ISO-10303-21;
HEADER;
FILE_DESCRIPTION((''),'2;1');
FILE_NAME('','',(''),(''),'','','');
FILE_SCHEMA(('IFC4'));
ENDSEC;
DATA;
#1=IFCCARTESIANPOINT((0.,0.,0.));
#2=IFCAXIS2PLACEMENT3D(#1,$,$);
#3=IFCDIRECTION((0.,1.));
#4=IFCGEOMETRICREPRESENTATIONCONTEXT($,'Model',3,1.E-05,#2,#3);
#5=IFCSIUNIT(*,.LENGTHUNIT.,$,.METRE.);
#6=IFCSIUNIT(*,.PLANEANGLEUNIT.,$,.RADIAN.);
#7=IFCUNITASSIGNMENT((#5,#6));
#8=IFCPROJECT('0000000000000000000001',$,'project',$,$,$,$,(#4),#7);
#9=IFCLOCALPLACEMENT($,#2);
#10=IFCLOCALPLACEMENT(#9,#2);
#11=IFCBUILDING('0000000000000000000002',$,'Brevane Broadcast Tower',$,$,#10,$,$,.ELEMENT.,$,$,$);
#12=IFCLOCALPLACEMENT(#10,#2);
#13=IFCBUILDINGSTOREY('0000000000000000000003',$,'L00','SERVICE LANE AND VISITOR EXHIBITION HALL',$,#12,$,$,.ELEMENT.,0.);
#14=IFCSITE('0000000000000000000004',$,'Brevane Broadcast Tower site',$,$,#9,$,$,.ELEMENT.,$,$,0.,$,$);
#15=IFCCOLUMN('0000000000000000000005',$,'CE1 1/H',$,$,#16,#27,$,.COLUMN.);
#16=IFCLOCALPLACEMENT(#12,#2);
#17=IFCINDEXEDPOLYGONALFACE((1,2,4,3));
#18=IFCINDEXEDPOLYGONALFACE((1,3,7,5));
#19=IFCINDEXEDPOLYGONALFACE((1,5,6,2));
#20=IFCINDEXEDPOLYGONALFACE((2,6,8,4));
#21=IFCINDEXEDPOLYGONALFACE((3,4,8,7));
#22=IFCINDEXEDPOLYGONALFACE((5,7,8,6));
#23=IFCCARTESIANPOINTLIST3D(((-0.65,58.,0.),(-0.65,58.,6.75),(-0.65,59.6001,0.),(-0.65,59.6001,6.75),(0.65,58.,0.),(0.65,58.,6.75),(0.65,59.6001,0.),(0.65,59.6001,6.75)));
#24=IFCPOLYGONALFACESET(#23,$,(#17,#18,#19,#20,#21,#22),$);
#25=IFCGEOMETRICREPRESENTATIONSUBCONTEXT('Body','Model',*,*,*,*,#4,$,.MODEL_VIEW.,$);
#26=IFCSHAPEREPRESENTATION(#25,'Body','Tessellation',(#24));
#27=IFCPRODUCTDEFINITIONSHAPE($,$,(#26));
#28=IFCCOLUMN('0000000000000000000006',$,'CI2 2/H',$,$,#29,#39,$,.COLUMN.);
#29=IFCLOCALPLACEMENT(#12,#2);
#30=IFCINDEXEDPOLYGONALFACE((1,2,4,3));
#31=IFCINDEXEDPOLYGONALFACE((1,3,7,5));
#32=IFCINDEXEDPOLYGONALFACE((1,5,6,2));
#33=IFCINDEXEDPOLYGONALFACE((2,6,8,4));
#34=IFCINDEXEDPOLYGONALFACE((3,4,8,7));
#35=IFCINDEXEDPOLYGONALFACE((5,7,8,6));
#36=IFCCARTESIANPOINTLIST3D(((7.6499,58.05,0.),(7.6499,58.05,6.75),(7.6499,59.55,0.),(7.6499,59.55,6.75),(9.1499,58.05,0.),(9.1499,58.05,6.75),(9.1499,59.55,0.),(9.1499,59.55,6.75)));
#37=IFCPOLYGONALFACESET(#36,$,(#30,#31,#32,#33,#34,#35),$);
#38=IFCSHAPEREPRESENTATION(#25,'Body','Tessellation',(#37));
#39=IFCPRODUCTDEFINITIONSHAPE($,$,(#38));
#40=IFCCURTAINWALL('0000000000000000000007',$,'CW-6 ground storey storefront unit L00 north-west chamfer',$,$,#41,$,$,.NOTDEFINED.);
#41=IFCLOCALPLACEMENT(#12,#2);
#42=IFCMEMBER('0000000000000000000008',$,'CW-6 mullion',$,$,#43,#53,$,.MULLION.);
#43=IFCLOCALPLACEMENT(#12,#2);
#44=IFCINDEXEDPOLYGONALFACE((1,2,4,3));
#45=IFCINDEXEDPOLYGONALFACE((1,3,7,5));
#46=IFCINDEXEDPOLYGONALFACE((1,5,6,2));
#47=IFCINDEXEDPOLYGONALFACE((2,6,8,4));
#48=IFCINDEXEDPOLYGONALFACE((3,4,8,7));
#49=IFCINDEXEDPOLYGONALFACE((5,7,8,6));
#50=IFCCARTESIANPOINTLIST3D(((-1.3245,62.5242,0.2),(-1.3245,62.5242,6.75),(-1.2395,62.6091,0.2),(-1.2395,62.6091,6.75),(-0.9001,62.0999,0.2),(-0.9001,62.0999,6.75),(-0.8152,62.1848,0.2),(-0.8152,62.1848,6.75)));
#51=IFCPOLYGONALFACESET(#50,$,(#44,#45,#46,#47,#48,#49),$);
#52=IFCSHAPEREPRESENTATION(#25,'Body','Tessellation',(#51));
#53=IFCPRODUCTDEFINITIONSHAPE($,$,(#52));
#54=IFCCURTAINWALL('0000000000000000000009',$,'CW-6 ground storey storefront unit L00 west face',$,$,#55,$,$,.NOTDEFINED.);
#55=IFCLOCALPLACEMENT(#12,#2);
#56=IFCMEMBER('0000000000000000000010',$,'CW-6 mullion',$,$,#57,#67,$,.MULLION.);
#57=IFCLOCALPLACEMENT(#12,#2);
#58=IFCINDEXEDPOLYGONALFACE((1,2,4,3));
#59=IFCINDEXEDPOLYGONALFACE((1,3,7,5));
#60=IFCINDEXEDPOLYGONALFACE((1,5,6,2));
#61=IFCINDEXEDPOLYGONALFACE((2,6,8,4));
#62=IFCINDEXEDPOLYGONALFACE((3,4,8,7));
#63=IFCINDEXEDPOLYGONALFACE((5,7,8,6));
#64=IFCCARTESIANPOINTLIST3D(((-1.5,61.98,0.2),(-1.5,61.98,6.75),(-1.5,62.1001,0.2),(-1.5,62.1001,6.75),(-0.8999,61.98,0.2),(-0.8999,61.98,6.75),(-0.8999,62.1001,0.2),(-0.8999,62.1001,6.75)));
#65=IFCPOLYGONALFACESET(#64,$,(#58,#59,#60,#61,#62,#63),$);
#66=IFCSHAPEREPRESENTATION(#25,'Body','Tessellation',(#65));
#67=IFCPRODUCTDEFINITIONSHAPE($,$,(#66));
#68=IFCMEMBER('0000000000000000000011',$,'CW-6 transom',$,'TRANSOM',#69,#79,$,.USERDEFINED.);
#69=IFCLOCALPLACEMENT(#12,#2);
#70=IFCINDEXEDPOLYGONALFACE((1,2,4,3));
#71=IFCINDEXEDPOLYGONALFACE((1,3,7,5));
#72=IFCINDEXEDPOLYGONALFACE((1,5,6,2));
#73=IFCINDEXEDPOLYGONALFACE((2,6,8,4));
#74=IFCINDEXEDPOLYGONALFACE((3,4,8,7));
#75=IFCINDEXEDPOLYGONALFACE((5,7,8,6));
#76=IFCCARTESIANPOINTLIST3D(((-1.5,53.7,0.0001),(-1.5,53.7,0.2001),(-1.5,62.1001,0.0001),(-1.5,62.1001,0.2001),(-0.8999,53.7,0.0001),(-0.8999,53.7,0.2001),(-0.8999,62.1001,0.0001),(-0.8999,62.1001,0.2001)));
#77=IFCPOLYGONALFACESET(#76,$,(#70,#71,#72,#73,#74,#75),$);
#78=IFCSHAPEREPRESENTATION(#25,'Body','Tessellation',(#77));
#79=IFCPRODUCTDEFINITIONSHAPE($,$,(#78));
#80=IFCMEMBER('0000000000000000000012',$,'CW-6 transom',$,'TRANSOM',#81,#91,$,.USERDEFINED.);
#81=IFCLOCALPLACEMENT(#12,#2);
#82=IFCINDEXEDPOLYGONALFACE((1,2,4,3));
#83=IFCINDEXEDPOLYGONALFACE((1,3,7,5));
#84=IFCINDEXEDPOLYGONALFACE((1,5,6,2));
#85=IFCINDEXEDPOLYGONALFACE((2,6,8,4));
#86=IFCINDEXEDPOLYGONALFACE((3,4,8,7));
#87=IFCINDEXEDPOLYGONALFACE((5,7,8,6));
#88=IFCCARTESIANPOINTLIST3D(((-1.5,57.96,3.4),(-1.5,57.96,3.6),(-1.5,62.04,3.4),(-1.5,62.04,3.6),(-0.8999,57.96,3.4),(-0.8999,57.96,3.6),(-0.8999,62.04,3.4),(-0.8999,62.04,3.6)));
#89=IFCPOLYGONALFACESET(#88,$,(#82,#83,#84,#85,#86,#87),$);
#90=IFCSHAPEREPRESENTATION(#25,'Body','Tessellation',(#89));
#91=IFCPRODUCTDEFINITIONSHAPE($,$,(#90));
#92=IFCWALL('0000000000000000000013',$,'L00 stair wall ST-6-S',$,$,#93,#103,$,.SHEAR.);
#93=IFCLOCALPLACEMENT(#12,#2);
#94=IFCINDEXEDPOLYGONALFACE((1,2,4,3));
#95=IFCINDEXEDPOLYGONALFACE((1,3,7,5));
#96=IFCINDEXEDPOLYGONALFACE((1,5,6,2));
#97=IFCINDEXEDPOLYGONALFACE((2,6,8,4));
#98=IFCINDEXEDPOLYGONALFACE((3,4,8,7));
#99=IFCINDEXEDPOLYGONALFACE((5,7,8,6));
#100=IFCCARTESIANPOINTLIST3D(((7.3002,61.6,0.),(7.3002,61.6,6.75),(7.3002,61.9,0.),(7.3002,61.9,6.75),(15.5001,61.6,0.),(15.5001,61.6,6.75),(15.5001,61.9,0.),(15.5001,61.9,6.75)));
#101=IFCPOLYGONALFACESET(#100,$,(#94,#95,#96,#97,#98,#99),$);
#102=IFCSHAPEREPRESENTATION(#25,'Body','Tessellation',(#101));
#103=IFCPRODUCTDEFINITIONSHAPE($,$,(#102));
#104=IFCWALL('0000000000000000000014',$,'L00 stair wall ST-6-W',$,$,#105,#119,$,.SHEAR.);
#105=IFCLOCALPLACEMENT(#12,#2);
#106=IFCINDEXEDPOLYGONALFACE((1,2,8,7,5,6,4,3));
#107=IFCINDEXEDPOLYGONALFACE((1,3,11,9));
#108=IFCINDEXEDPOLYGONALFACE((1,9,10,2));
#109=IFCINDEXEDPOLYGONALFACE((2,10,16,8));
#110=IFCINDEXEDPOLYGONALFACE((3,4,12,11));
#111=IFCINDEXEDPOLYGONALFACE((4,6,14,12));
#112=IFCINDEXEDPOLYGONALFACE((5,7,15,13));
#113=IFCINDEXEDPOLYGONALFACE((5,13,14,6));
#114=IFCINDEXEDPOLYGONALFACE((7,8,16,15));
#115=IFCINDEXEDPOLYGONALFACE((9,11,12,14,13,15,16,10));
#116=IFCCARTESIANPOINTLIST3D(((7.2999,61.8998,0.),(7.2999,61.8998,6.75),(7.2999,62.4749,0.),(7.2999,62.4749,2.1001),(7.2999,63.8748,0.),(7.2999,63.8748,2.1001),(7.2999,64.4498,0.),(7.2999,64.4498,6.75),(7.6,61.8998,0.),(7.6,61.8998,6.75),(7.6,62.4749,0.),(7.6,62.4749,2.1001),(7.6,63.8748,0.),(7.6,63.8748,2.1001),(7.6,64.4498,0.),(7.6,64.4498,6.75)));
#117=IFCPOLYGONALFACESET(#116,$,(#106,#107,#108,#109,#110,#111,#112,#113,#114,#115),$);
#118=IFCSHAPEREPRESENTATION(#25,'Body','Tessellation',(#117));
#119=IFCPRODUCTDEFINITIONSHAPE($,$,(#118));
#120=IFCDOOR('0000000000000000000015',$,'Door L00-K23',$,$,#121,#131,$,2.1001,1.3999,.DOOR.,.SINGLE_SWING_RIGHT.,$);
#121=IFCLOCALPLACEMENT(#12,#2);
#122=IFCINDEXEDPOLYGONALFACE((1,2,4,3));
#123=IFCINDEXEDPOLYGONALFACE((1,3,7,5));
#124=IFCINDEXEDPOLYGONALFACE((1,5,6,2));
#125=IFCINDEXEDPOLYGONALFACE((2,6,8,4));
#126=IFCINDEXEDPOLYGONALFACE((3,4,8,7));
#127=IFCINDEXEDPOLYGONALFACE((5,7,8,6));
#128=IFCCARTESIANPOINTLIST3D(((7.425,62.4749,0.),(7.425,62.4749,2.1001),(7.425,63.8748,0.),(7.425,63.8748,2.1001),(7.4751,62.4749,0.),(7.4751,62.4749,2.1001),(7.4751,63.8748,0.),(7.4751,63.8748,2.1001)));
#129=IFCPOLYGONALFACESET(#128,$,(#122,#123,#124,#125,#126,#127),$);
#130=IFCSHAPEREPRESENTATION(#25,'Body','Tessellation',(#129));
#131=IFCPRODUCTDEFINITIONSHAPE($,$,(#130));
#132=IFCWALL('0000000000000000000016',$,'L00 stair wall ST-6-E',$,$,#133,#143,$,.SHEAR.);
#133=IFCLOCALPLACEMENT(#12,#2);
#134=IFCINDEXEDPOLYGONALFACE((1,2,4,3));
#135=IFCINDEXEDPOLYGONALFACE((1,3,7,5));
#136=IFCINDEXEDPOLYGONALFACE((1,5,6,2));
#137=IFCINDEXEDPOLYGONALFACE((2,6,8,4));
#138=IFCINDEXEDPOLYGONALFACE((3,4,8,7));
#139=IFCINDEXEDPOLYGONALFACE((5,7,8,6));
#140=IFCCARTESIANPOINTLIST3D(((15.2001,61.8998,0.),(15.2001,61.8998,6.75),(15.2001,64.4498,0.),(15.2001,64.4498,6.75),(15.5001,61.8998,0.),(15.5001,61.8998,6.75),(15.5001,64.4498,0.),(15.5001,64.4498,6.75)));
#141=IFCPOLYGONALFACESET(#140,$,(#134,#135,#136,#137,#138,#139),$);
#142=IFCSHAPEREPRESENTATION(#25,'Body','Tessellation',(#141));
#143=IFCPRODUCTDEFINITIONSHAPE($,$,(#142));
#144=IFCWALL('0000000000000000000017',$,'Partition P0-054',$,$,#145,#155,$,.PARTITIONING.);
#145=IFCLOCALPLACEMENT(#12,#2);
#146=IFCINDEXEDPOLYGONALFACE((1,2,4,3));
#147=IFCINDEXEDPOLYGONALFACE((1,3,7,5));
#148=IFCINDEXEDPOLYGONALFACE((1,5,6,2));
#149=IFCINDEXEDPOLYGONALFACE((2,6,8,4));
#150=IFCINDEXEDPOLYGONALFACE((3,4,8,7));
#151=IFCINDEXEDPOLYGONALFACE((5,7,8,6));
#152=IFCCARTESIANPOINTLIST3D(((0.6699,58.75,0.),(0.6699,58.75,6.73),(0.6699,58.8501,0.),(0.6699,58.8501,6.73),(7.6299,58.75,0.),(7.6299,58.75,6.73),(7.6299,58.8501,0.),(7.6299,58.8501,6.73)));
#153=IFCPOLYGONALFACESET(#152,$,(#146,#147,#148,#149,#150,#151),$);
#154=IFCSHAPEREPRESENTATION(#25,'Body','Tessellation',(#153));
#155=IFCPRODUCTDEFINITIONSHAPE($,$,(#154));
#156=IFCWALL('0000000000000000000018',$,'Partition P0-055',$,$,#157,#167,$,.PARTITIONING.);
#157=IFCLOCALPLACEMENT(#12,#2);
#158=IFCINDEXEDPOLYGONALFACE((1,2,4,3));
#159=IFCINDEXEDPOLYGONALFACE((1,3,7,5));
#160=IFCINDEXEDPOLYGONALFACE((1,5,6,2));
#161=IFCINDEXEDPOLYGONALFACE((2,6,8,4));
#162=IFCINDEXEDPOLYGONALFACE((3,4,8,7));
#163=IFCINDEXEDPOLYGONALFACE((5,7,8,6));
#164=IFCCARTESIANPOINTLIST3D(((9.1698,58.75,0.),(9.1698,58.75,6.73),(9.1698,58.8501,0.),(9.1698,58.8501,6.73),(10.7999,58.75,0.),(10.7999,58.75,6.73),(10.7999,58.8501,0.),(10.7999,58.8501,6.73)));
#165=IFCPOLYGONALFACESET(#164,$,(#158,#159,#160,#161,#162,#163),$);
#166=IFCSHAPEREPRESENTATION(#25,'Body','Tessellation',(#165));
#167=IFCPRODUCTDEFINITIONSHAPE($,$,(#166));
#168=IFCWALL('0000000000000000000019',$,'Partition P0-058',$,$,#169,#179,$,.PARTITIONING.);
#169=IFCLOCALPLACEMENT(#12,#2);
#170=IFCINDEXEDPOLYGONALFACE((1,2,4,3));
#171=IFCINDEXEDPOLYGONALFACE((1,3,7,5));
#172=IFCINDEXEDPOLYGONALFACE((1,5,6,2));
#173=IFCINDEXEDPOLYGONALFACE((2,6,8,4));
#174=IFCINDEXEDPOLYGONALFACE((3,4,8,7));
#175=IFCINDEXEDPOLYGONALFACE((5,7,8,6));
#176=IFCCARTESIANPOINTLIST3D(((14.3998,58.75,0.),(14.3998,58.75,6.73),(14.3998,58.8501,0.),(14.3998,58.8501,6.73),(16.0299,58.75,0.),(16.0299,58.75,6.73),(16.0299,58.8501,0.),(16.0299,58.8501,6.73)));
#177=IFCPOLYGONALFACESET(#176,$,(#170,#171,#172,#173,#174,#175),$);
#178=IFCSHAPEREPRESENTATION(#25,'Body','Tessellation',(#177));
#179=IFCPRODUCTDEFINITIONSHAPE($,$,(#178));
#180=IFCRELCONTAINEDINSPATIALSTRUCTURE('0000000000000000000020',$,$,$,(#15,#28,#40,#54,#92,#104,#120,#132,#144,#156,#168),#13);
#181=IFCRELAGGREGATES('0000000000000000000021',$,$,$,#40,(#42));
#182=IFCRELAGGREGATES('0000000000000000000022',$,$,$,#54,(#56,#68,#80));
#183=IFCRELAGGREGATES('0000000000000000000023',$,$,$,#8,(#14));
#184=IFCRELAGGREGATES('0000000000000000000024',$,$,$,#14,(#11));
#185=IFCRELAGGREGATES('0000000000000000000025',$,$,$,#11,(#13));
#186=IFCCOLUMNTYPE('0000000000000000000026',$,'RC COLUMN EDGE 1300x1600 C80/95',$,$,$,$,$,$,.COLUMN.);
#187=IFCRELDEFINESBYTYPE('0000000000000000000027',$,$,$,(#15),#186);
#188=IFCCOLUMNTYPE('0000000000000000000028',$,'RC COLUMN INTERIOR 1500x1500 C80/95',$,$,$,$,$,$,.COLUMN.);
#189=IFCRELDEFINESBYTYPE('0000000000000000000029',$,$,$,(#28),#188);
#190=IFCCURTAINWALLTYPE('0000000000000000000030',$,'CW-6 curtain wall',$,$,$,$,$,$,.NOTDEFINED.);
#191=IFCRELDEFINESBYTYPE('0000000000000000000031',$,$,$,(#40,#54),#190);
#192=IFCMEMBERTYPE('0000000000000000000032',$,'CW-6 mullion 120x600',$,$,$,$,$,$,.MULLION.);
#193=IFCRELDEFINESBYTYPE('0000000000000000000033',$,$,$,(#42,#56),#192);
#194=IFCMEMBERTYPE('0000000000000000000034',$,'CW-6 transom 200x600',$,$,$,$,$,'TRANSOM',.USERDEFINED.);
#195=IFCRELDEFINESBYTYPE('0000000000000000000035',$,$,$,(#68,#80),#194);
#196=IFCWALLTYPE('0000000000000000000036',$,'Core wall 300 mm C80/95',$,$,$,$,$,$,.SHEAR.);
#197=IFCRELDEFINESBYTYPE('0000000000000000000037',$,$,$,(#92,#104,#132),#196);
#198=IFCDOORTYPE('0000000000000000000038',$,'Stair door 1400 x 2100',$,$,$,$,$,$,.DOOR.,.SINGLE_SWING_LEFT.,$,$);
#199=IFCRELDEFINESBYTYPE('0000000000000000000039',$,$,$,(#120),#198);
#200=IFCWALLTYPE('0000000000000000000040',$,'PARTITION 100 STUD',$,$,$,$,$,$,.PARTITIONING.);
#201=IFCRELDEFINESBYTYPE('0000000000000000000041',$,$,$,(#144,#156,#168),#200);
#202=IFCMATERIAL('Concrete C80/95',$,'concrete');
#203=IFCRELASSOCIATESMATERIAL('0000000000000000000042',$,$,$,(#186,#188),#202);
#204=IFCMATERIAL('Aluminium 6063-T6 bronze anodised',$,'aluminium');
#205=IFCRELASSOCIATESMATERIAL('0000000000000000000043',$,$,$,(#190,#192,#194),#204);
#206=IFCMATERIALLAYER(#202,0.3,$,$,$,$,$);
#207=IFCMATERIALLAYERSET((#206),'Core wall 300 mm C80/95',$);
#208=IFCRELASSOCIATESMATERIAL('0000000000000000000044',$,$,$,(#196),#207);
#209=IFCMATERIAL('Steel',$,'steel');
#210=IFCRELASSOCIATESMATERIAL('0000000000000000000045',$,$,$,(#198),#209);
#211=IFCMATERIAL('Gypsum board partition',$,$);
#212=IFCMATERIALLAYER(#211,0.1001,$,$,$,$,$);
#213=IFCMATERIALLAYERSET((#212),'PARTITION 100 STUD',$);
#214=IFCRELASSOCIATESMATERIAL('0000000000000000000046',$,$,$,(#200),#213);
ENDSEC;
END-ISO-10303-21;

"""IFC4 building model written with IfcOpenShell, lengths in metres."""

from ifc_helpers import new_model, si_unit, direction, frame, frame_2d, origin, origin_2d, place, context, subcontext, project, spatial, rectangle, extrude, material, layer, layer_set, material_profile, profile_set, type_object, element, fill, aggregate, save


model = new_model("IFC4")

# Units and contexts
model_context = context("Model", 3, precision=1e-05, world=origin(), true_north=direction((0.0, 1.0)))
body_context = subcontext(model_context, "Body", "Model", "MODEL_VIEW")
ifc_project = project(units=[si_unit("LENGTHUNIT", "METRE"), si_unit("PLANEANGLEUNIT", "RADIAN")], contexts=[model_context])

# Site, building, storey
site_placement = place(None, origin())
site = spatial("IfcSite", under=ifc_project, at=site_placement, Name="Brevane Broadcast Tower site", CompositionType="ELEMENT", RefElevation=0.0)
building_placement = place(site_placement, origin())
building = spatial("IfcBuilding", under=site, at=building_placement, Name="Brevane Broadcast Tower", CompositionType="ELEMENT")
storey_placement = place(building_placement, origin())
storey = spatial("IfcBuildingStorey", under=building, at=storey_placement, Name="L00", Description="SERVICE LANE AND VISITOR EXHIBITION HALL", CompositionType="ELEMENT", Elevation=0.0)

# Columns
ifc_material_1 = material(Name="Concrete C80/95", Category="concrete")
ifc_material_profile_1 = material_profile(ifc_material_1, rectangle(XDim=1.3, YDim=1.6001, at=origin_2d()), Name="RC 1300x1600")
ifc_profile_set_1 = profile_set([ifc_material_profile_1], Name="Concrete C80/95")
column_type_1 = type_object("IfcColumnType", Name="RC COLUMN EDGE 1300x1600 C80/95", PredefinedType="COLUMN", material=ifc_profile_set_1)
column_1_placement = place(storey_placement, frame((0.0, 58.8, 0.0), z_axis=(0.0, 0.0, 1.0), x_axis=(1.0, 0.0, 0.0)))
element("IfcColumn", 1, at=column_1_placement, inside=storey, type_object=column_type_1, Name="CE1 1/H", PredefinedType="COLUMN", context=body_context, shape_type="SweptSolid", body=[
    extrude(rectangle(XDim=1.3, YDim=1.6001, at=origin_2d()), origin(), (0.0, 0.0, 1.0), 6.75),
])
ifc_material_profile_2 = material_profile(ifc_material_1, rectangle(XDim=1.5, YDim=1.5, at=origin_2d()), Name="RC 1500x1500")
ifc_profile_set_2 = profile_set([ifc_material_profile_2], Name="Concrete C80/95")
column_type_2 = type_object("IfcColumnType", Name="RC COLUMN INTERIOR 1500x1500 C80/95", PredefinedType="COLUMN", material=ifc_profile_set_2)
column_2_placement = place(storey_placement, frame((8.3999, 58.8, 0.0), z_axis=(0.0, 0.0, 1.0), x_axis=(1.0, 0.0, 0.0)))
element("IfcColumn", 2, at=column_2_placement, inside=storey, type_object=column_type_2, Name="CI2 2/H", PredefinedType="COLUMN", context=body_context, shape_type="SweptSolid", body=[
    extrude(rectangle(XDim=1.5, YDim=1.5, at=origin_2d()), origin(), (0.0, 0.0, 1.0), 6.75),
])

# Curtain wall, member
ifc_material_2 = material(Name="Aluminium 6063-T6 bronze anodised", Category="aluminium")
curtain_wall_type = type_object("IfcCurtainWallType", Name="CW-6 curtain wall", PredefinedType="NOTDEFINED", material=ifc_material_2)
curtain_wall_1_placement = place(storey_placement, origin())
curtain_wall_1 = element("IfcCurtainWall", 3, at=curtain_wall_1_placement, inside=storey, type_object=curtain_wall_type, Name="CW-6 ground storey storefront unit L00 north-west chamfer", PredefinedType="NOTDEFINED")
ifc_material_profile_3 = material_profile(ifc_material_2, rectangle(XDim=0.6001, YDim=0.1201, at=origin_2d()), Name="RECT 120x600")
ifc_profile_set_3 = profile_set([ifc_material_profile_3], Name="Aluminium 6063-T6 bronze anodised")
member_type_1 = type_object("IfcMemberType", Name="CW-6 mullion 120x600", PredefinedType="MULLION", material=ifc_profile_set_3)
member_1_placement = place(storey_placement, frame((-1.0698, 62.3545, 0.2), z_axis=(0.0, 0.0, 1.0), x_axis=(0.707107, -0.707107, 0.0)))
member_1 = element("IfcMember", 4, at=member_1_placement, type_object=member_type_1, Name="CW-6 mullion", PredefinedType="MULLION", context=body_context, shape_type="SweptSolid", body=[
    extrude(rectangle(XDim=0.6001, YDim=0.1201, at=origin_2d()), origin(), (0.0, 0.0, 1.0), 6.55),
])
aggregate(curtain_wall_1, [member_1])

# Curtain wall, members
curtain_wall_2_placement = place(storey_placement, origin())
curtain_wall_2 = element("IfcCurtainWall", 5, at=curtain_wall_2_placement, inside=storey, type_object=curtain_wall_type, Name="CW-6 ground storey storefront unit L00 west face", PredefinedType="NOTDEFINED")
member_2_placement = place(storey_placement, frame((-1.2, 62.04, 0.2), z_axis=(0.0, 0.0, 1.0), x_axis=(1.0, 0.0, 0.0)))
member_2 = element("IfcMember", 6, at=member_2_placement, type_object=member_type_1, Name="CW-6 mullion", PredefinedType="MULLION", context=body_context, shape_type="SweptSolid", body=[
    extrude(rectangle(XDim=0.6001, YDim=0.1201, at=origin_2d()), origin(), (0.0, 0.0, 1.0), 6.55),
])
ifc_material_profile_4 = material_profile(ifc_material_2, rectangle(XDim=0.6001, YDim=0.2, at=origin_2d()), Name="RECT 200x600")
ifc_profile_set_4 = profile_set([ifc_material_profile_4], Name="Aluminium 6063-T6 bronze anodised")
member_type_2 = type_object("IfcMemberType", Name="CW-6 transom 200x600", ElementType="TRANSOM", PredefinedType="USERDEFINED", material=ifc_profile_set_4)
member_3_placement = place(storey_placement, frame((-1.2, 62.1001, 0.1001), z_axis=(0.0, -1.0, 0.0), x_axis=(1.0, 0.0, 0.0)))
member_3 = element("IfcMember", 7, at=member_3_placement, type_object=member_type_2, Name="CW-6 transom", ObjectType="TRANSOM", PredefinedType="USERDEFINED", context=body_context, shape_type="SweptSolid", body=[
    extrude(rectangle(XDim=0.6001, YDim=0.2, at=origin_2d()), origin(), (0.0, 0.0, 1.0), 8.4001),
])
member_4_placement = place(storey_placement, frame((-1.2, 62.04, 3.5), z_axis=(0.0, -1.0, 0.0), x_axis=(1.0, 0.0, 0.0)))
member_4 = element("IfcMember", 8, at=member_4_placement, type_object=member_type_2, Name="CW-6 transom", ObjectType="TRANSOM", PredefinedType="USERDEFINED", context=body_context, shape_type="SweptSolid", body=[
    extrude(rectangle(XDim=0.6001, YDim=0.2, at=origin_2d()), origin(), (0.0, 0.0, 1.0), 4.0801),
])
aggregate(curtain_wall_2, [member_2, member_3, member_4])

# Wall
ifc_layer_1 = layer(ifc_material_1, 0.3)
ifc_layer_set_1 = layer_set([ifc_layer_1], Name="Core wall 300 mm C80/95")
wall_type_1 = type_object("IfcWallType", Name="Core wall 300 mm C80/95", PredefinedType="SHEAR", material=ifc_layer_set_1)
wall_1_placement = place(storey_placement, frame((7.3, 61.75, 0.0), z_axis=(0.0, 0.0, 1.0), x_axis=(1.0, 0.0, 0.0)))
element("IfcWall", 9, at=wall_1_placement, inside=storey, type_object=wall_type_1, Name="L00 stair wall ST-6-S", PredefinedType="SHEAR", context=body_context, shape_type="SweptSolid", body=[
    extrude(rectangle(XDim=8.2, YDim=0.3, at=frame_2d((4.1001, 0.0))), origin(), (0.0, 0.0, 1.0), 6.75),
])

# Wall, opening, door
wall_2_placement = place(storey_placement, frame((7.45, 61.8999, 0.0), z_axis=(0.0, 0.0, 1.0), x_axis=(0.0, 1.0, 0.0)))
wall_2 = element("IfcWall", 10, at=wall_2_placement, inside=storey, type_object=wall_type_1, Name="L00 stair wall ST-6-W", PredefinedType="SHEAR", context=body_context, shape_type="SweptSolid", body=[
    extrude(rectangle(XDim=2.55, YDim=0.3, at=frame_2d((1.2749, 0.0))), origin(), (0.0, 0.0, 1.0), 6.75),
])
opening_1_placement = place(wall_2_placement, frame((0.575, 0.0, 0.0)))
opening_1 = element("IfcOpeningElement", 11, at=opening_1_placement, cuts=wall_2, PredefinedType="OPENING", context=body_context, shape_type="SweptSolid", body=[
    extrude(rectangle(XDim=1.3999, YDim=2.1001, at=frame_2d((0.7, 1.05))), frame((0.0, 0.1599, 0.0), z_axis=(0.0, -1.0, 0.0), x_axis=(1.0, 0.0, 0.0)), (0.0, 0.0, 1.0), 0.3201),
])
ifc_material_3 = material(Name="Steel", Category="steel")
door_type_1 = type_object("IfcDoorType", Name="Stair door 1400 x 2100", OperationType="SINGLE_SWING_LEFT", PredefinedType="DOOR", material=ifc_material_3)
door_1_placement = place(opening_1_placement, origin())
door_1 = element("IfcDoor", 12, at=door_1_placement, inside=storey, type_object=door_type_1, Name="Door L00-K23", OperationType="SINGLE_SWING_RIGHT", OverallHeight=2.1001, OverallWidth=1.3999, PredefinedType="DOOR", context=body_context, shape_type="SweptSolid", body=[
    extrude(rectangle(XDim=1.3999, YDim=2.1001, at=frame_2d((0.7, 1.05))), frame((0.0, 0.0249, 0.0), z_axis=(0.0, -1.0, 0.0), x_axis=(1.0, 0.0, 0.0)), (0.0, 0.0, 1.0), 0.05),
])
fill(opening_1, door_1)

# Walls
wall_3_placement = place(storey_placement, frame((15.3501, 61.8999, 0.0), z_axis=(0.0, 0.0, 1.0), x_axis=(0.0, 1.0, 0.0)))
element("IfcWall", 13, at=wall_3_placement, inside=storey, type_object=wall_type_1, Name="L00 stair wall ST-6-E", PredefinedType="SHEAR", context=body_context, shape_type="SweptSolid", body=[
    extrude(rectangle(XDim=2.55, YDim=0.3, at=frame_2d((1.2749, 0.0))), origin(), (0.0, 0.0, 1.0), 6.75),
])
ifc_material_4 = material(Name="Gypsum board partition")
ifc_layer_2 = layer(ifc_material_4, 0.1001)
ifc_layer_set_2 = layer_set([ifc_layer_2], Name="PARTITION 100 STUD")
wall_type_2 = type_object("IfcWallType", Name="PARTITION 100 STUD", PredefinedType="PARTITIONING", material=ifc_layer_set_2)
wall_4_placement = place(storey_placement, frame((0.6699, 58.8, 0.0), z_axis=(0.0, 0.0, 1.0), x_axis=(1.0, 0.0, 0.0)))
element("IfcWall", 14, at=wall_4_placement, inside=storey, type_object=wall_type_2, Name="Partition P0-054", PredefinedType="PARTITIONING", context=body_context, shape_type="SweptSolid", body=[
    extrude(rectangle(XDim=6.96, YDim=0.1001, at=frame_2d((3.48, 0.0))), origin(), (0.0, 0.0, 1.0), 6.73),
])
for number, where, z_axis, x_axis, name in (
    (15, (9.1699, 58.8, 0.0), (0.0, 0.0, 1.0), (1.0, 0.0, 0.0), "Partition P0-055"),
    (16, (14.3999, 58.8, 0.0), (0.0, 0.0, 1.0), (1.0, 0.0, 0.0), "Partition P0-058"),
):
    element("IfcWall", number, at=place(storey_placement, frame(where, z_axis=z_axis, x_axis=x_axis)), inside=storey, type_object=wall_type_2, Name=name, PredefinedType="PARTITIONING", context=body_context, shape_type="SweptSolid", body=[
        extrude(rectangle(XDim=1.6301, YDim=0.1001, at=frame_2d((0.8149, 0.0))), origin(), (0.0, 0.0, 1.0), 6.73),
    ])

save(model, "model.ifc")
